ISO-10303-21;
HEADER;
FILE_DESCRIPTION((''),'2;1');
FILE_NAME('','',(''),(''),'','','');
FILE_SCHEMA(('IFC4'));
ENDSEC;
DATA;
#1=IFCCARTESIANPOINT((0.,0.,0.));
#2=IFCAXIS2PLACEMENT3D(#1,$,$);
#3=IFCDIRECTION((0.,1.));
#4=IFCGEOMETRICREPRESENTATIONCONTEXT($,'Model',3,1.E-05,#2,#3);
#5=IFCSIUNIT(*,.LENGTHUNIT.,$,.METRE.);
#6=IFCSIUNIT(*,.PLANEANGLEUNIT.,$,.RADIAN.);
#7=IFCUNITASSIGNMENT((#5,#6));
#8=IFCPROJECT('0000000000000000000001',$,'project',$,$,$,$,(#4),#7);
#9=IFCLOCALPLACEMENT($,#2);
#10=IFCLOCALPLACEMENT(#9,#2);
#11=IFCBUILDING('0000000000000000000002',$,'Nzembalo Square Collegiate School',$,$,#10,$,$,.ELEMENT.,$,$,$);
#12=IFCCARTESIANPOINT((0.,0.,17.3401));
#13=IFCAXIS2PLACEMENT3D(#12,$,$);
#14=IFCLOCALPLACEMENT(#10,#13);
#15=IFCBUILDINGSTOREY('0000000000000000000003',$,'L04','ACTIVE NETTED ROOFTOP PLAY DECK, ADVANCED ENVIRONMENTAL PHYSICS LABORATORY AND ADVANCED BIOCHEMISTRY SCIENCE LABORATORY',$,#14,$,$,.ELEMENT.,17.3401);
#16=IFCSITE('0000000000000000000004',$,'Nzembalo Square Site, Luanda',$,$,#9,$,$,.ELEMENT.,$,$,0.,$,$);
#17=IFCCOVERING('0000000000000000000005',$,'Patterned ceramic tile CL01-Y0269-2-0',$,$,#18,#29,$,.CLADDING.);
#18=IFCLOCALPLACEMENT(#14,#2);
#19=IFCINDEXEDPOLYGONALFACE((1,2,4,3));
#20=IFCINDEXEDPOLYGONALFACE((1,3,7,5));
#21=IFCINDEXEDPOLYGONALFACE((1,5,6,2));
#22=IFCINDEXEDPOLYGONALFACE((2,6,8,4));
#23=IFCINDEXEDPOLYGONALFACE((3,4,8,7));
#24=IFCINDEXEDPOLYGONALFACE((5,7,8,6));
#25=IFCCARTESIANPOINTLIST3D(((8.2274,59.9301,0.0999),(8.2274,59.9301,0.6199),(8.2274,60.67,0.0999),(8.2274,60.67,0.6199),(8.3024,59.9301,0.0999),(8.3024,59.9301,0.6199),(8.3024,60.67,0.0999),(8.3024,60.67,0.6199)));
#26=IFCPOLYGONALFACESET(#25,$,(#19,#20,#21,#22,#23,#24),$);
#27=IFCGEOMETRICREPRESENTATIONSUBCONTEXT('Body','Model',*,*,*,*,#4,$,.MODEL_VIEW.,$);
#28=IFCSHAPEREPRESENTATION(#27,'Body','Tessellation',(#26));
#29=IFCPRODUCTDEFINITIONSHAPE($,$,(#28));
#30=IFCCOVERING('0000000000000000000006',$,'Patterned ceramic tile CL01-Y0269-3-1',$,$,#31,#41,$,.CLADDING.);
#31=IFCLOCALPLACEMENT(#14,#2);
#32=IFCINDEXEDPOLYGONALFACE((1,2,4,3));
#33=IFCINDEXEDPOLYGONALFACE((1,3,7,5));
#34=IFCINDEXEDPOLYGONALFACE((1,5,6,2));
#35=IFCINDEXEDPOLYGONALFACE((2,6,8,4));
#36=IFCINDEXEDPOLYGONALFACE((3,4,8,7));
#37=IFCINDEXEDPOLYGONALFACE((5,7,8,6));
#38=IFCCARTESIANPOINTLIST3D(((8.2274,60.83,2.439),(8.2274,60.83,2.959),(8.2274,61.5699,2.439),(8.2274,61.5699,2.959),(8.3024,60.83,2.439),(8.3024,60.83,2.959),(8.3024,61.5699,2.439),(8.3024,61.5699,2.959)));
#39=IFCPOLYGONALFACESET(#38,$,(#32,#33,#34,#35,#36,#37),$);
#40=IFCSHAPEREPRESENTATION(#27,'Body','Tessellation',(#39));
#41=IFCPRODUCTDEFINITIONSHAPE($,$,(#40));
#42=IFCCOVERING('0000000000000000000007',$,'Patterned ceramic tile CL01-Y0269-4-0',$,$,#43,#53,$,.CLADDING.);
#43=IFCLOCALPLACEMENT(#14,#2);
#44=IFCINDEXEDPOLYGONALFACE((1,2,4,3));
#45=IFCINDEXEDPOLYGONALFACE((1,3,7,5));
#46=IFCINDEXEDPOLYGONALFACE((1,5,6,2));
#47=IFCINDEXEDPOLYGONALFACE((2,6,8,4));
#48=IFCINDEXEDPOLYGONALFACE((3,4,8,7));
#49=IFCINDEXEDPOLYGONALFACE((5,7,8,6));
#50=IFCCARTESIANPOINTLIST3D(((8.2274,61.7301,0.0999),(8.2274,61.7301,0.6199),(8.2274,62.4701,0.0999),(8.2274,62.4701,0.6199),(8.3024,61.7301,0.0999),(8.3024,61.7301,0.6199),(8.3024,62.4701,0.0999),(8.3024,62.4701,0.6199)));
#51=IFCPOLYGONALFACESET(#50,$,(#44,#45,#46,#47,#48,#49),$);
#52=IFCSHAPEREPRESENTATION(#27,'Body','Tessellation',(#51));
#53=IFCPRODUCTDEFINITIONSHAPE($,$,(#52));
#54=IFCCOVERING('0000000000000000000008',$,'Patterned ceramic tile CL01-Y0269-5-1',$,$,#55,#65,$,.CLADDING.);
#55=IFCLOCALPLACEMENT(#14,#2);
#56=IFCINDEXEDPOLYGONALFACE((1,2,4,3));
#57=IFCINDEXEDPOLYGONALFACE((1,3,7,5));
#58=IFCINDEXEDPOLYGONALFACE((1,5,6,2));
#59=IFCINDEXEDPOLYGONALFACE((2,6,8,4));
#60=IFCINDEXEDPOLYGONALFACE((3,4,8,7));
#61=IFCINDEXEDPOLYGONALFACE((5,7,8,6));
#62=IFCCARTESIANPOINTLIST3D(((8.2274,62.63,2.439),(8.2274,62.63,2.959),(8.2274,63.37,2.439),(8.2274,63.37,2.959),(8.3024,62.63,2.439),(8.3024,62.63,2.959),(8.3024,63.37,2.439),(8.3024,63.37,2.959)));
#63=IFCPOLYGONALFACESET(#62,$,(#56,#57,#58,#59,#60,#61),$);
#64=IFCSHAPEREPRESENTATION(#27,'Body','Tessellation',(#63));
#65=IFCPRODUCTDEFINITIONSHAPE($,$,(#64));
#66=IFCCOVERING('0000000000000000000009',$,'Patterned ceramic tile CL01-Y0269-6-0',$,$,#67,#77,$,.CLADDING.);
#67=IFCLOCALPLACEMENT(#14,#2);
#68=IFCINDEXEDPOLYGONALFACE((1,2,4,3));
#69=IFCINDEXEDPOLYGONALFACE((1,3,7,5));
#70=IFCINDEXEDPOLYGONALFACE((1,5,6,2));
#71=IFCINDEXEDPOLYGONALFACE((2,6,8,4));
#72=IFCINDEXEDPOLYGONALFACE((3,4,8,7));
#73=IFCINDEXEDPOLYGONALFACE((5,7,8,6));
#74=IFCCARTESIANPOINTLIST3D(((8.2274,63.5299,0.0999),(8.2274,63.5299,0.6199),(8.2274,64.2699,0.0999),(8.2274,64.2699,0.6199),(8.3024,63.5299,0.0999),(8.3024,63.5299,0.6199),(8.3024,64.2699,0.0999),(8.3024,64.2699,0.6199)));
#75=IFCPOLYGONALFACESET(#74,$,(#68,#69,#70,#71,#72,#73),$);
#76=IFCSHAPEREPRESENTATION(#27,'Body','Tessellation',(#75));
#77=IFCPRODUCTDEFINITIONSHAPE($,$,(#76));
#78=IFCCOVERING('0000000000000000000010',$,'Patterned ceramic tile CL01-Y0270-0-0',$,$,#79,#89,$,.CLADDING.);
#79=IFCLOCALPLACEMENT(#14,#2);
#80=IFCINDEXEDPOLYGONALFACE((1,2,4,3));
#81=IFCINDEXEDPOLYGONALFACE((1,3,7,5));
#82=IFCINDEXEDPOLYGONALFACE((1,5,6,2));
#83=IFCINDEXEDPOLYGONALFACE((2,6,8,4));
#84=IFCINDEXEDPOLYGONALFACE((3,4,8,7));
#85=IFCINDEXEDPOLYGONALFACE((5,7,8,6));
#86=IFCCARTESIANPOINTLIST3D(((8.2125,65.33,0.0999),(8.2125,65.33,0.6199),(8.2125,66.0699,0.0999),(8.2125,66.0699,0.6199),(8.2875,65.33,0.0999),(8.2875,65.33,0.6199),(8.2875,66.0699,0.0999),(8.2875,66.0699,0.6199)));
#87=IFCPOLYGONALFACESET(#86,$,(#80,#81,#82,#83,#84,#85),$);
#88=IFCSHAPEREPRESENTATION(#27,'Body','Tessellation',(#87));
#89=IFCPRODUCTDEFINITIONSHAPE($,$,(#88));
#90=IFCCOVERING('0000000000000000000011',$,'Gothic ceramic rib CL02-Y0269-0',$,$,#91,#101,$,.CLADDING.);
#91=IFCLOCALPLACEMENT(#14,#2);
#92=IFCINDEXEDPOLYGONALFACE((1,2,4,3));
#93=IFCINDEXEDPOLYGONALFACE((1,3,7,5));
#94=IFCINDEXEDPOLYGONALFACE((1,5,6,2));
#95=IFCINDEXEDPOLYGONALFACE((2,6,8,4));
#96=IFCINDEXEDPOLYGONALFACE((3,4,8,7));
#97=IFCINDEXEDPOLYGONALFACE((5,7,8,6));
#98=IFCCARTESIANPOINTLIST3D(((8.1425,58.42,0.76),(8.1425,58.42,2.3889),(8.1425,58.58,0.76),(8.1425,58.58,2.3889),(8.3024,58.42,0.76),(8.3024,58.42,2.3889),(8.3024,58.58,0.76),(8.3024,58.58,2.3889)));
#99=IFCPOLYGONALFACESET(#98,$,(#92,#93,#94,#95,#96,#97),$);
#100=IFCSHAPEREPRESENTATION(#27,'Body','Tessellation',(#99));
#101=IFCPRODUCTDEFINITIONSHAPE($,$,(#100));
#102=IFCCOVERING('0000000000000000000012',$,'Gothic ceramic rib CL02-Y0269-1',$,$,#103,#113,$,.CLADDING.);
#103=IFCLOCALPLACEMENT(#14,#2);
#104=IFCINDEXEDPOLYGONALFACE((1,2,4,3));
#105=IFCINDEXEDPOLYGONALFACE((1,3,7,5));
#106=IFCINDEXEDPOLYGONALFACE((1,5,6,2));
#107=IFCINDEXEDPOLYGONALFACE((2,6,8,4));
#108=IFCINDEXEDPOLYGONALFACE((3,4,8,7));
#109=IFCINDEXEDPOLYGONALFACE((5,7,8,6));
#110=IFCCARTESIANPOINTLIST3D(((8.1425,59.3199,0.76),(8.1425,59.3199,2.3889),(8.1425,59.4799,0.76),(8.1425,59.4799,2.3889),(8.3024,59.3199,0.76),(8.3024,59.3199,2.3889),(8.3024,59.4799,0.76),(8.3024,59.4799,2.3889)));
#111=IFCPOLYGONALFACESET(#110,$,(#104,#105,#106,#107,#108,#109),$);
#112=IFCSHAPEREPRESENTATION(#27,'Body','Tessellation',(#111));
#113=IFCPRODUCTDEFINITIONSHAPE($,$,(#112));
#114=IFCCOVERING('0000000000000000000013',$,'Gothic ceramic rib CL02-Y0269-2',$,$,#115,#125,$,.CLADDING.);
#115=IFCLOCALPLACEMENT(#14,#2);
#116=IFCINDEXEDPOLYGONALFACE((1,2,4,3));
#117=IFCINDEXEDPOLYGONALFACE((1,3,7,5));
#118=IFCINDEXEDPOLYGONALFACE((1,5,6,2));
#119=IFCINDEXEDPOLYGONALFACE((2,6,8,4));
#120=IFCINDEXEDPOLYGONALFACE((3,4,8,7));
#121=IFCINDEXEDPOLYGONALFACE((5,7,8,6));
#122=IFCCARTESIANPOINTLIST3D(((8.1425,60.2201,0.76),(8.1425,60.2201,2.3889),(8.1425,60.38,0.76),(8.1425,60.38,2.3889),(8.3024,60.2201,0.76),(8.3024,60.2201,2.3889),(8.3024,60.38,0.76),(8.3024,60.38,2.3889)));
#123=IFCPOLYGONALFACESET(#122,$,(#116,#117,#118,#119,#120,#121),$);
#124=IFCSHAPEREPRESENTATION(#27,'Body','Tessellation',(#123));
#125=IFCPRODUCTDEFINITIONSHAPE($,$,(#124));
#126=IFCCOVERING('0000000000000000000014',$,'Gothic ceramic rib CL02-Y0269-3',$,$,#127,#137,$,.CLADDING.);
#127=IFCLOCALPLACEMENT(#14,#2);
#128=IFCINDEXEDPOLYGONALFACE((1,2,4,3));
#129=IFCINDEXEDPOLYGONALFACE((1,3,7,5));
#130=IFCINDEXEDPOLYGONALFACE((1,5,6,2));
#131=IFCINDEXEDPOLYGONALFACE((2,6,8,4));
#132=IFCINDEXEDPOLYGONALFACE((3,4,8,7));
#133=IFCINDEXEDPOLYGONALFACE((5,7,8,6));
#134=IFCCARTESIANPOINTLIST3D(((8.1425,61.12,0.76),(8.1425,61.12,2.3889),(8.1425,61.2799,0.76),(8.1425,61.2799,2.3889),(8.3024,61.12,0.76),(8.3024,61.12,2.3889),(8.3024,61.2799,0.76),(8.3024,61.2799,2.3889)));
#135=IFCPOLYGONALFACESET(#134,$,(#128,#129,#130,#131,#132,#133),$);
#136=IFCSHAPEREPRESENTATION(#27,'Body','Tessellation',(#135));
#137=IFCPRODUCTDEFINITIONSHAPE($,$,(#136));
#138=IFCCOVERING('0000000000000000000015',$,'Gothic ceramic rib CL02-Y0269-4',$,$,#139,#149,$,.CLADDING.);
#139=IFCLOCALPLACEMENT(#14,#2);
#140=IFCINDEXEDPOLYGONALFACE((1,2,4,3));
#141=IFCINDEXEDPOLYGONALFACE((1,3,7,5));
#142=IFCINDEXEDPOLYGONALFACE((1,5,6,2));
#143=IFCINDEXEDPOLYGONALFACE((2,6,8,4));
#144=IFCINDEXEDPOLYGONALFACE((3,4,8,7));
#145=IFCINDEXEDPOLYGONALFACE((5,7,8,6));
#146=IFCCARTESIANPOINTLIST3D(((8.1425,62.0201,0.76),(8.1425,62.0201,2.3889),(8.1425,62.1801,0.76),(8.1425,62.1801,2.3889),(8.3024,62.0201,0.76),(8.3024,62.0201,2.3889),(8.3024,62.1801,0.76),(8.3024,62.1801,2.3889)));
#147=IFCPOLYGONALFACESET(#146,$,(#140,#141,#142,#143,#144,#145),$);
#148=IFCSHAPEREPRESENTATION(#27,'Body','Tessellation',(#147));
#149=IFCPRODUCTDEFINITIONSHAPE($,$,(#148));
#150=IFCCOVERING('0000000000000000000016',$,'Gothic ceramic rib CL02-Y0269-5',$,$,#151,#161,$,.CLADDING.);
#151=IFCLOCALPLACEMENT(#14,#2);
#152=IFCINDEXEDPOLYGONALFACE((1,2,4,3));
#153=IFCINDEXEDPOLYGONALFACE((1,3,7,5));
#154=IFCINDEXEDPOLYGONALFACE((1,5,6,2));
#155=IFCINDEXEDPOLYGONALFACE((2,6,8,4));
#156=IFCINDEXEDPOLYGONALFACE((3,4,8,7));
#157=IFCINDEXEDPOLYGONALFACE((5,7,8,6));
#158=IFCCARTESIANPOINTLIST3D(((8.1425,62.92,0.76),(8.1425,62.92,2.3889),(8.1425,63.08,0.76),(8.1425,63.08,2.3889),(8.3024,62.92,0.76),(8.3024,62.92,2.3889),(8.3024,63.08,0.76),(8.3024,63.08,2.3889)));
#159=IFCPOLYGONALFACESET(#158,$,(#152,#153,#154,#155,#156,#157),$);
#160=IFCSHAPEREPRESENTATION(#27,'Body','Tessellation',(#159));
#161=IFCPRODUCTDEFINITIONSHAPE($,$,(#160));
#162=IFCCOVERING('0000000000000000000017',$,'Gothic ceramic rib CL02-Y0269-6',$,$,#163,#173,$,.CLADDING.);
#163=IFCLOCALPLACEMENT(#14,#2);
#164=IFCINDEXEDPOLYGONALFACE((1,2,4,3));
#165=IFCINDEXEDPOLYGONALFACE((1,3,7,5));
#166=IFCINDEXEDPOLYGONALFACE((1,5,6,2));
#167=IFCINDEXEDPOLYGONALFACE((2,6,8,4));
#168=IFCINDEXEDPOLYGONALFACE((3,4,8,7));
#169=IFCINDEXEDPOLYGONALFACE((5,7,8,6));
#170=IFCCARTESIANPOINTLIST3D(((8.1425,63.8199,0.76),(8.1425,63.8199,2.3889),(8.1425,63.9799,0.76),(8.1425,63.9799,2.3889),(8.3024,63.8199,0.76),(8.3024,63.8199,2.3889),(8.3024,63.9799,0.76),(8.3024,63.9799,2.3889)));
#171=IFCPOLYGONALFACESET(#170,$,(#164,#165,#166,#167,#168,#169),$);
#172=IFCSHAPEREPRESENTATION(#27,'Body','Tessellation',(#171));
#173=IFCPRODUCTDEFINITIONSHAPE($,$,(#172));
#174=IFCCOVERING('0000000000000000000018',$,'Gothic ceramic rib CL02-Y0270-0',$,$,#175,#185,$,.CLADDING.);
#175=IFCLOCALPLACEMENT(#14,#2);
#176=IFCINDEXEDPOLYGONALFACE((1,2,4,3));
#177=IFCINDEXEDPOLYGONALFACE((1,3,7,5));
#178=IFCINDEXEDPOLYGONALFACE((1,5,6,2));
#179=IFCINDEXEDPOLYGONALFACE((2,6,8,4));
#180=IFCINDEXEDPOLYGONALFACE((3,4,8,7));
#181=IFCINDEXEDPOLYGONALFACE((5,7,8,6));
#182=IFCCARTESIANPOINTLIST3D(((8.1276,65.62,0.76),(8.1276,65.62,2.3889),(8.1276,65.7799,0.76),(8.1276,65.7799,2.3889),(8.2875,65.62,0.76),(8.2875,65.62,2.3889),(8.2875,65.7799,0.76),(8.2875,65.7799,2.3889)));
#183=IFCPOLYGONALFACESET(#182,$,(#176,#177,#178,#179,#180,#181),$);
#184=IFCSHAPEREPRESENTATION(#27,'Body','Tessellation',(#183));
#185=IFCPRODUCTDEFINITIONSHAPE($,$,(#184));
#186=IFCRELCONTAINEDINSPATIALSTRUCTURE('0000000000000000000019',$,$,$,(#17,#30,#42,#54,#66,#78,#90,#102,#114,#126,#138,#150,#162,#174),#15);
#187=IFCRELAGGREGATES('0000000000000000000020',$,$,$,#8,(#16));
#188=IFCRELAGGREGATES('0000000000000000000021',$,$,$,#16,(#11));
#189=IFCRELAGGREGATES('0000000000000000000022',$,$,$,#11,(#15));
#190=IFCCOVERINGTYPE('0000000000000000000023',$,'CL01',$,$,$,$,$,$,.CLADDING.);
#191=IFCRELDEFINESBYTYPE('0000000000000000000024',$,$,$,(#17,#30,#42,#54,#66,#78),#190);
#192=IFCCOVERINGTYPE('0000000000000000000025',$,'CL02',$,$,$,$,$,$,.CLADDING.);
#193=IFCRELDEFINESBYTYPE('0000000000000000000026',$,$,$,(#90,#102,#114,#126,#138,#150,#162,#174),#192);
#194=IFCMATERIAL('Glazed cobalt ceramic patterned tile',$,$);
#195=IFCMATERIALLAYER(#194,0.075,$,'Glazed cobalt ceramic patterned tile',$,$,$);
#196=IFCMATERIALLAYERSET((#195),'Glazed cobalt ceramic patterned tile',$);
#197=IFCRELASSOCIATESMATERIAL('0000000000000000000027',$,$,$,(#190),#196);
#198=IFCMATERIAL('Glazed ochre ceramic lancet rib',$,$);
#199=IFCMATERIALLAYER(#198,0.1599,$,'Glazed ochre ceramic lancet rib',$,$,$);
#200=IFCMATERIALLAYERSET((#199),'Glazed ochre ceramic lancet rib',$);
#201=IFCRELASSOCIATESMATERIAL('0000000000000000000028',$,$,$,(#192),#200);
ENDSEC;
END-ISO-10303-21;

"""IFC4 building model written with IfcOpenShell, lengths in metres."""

from ifc_helpers import new_model, si_unit, direction, frame, origin, origin_2d, place, context, subcontext, project, spatial, rectangle, extrude, material, layer, layer_set, type_object, element, save


model = new_model("IFC4")

# Units and contexts
model_context = context("Model", 3, precision=1e-05, world=origin(), true_north=direction((0.0, 1.0)))
body_context = subcontext(model_context, "Body", "Model", "MODEL_VIEW")
ifc_project = project(units=[si_unit("LENGTHUNIT", "METRE"), si_unit("PLANEANGLEUNIT", "RADIAN")], contexts=[model_context])

# Site, building, storey
site_placement = place(None, origin())
site = spatial("IfcSite", under=ifc_project, at=site_placement, Name="Nzembalo Square Site, Luanda", CompositionType="ELEMENT", RefElevation=0.0)
building_placement = place(site_placement, origin())
building = spatial("IfcBuilding", under=site, at=building_placement, Name="Nzembalo Square Collegiate School", CompositionType="ELEMENT")
storey_placement = place(building_placement, frame((0.0, 0.0, 17.3401)))
storey = spatial("IfcBuildingStorey", under=building, at=storey_placement, Name="L04", Description="ACTIVE NETTED ROOFTOP PLAY DECK, ADVANCED ENVIRONMENTAL PHYSICS LABORATORY AND ADVANCED BIOCHEMISTRY SCIENCE LABORATORY", CompositionType="ELEMENT", Elevation=17.3401)

# Coverings
ifc_material_1 = material(Name="Glazed cobalt ceramic patterned tile")
ifc_layer_1 = layer(ifc_material_1, 0.075, Name="Glazed cobalt ceramic patterned tile")
ifc_layer_set_1 = layer_set([ifc_layer_1], Name="Glazed cobalt ceramic patterned tile")
covering_type_1 = type_object("IfcCoveringType", Name="CL01", PredefinedType="CLADDING", material=ifc_layer_set_1)
for number, where, z_axis, x_axis, name in (
    (1, (8.2649, 60.3, 0.0999), (0.0, 0.0, 1.0), (1.0, 0.0, 0.0), "Patterned ceramic tile CL01-Y0269-2-0"),
    (2, (8.2649, 61.2, 2.439), (0.0, 0.0, 1.0), (1.0, 0.0, 0.0), "Patterned ceramic tile CL01-Y0269-3-1"),
    (3, (8.2649, 62.1001, 0.0999), (0.0, 0.0, 1.0), (1.0, 0.0, 0.0), "Patterned ceramic tile CL01-Y0269-4-0"),
    (4, (8.2649, 63.0, 2.439), (0.0, 0.0, 1.0), (1.0, 0.0, 0.0), "Patterned ceramic tile CL01-Y0269-5-1"),
    (5, (8.2649, 63.8999, 0.0999), (0.0, 0.0, 1.0), (1.0, 0.0, 0.0), "Patterned ceramic tile CL01-Y0269-6-0"),
    (6, (8.25, 65.7, 0.0999), (0.0, 0.0, 1.0), (1.0, 0.0, 0.0), "Patterned ceramic tile CL01-Y0270-0-0"),
):
    element("IfcCovering", number, at=place(storey_placement, frame(where, z_axis=z_axis, x_axis=x_axis)), inside=storey, type_object=covering_type_1, Name=name, PredefinedType="CLADDING", context=body_context, shape_type="SweptSolid", body=[
        extrude(rectangle(XDim=0.075, YDim=0.74, at=origin_2d()), origin(), (0.0, 0.0, 1.0), 0.52),
    ])
ifc_material_2 = material(Name="Glazed ochre ceramic lancet rib")
ifc_layer_2 = layer(ifc_material_2, 0.1599, Name="Glazed ochre ceramic lancet rib")
ifc_layer_set_2 = layer_set([ifc_layer_2], Name="Glazed ochre ceramic lancet rib")
covering_type_2 = type_object("IfcCoveringType", Name="CL02", PredefinedType="CLADDING", material=ifc_layer_set_2)
for number, where, z_axis, x_axis, name in (
    (7, (8.2224, 58.5, 0.76), (0.0, 0.0, 1.0), (1.0, 0.0, 0.0), "Gothic ceramic rib CL02-Y0269-0"),
    (8, (8.2224, 59.3999, 0.76), (0.0, 0.0, 1.0), (1.0, 0.0, 0.0), "Gothic ceramic rib CL02-Y0269-1"),
    (9, (8.2224, 60.3, 0.76), (0.0, 0.0, 1.0), (1.0, 0.0, 0.0), "Gothic ceramic rib CL02-Y0269-2"),
    (10, (8.2224, 61.2, 0.76), (0.0, 0.0, 1.0), (1.0, 0.0, 0.0), "Gothic ceramic rib CL02-Y0269-3"),
    (11, (8.2224, 62.1001, 0.76), (0.0, 0.0, 1.0), (1.0, 0.0, 0.0), "Gothic ceramic rib CL02-Y0269-4"),
    (12, (8.2224, 63.0, 0.76), (0.0, 0.0, 1.0), (1.0, 0.0, 0.0), "Gothic ceramic rib CL02-Y0269-5"),
    (13, (8.2224, 63.8999, 0.76), (0.0, 0.0, 1.0), (1.0, 0.0, 0.0), "Gothic ceramic rib CL02-Y0269-6"),
    (14, (8.2075, 65.7, 0.76), (0.0, 0.0, 1.0), (1.0, 0.0, 0.0), "Gothic ceramic rib CL02-Y0270-0"),
):
    element("IfcCovering", number, at=place(storey_placement, frame(where, z_axis=z_axis, x_axis=x_axis)), inside=storey, type_object=covering_type_2, Name=name, PredefinedType="CLADDING", context=body_context, shape_type="SweptSolid", body=[
        extrude(rectangle(XDim=0.1599, YDim=0.1599, at=origin_2d()), origin(), (0.0, 0.0, 1.0), 1.6289),
    ])

save(model, "model.ifc")
